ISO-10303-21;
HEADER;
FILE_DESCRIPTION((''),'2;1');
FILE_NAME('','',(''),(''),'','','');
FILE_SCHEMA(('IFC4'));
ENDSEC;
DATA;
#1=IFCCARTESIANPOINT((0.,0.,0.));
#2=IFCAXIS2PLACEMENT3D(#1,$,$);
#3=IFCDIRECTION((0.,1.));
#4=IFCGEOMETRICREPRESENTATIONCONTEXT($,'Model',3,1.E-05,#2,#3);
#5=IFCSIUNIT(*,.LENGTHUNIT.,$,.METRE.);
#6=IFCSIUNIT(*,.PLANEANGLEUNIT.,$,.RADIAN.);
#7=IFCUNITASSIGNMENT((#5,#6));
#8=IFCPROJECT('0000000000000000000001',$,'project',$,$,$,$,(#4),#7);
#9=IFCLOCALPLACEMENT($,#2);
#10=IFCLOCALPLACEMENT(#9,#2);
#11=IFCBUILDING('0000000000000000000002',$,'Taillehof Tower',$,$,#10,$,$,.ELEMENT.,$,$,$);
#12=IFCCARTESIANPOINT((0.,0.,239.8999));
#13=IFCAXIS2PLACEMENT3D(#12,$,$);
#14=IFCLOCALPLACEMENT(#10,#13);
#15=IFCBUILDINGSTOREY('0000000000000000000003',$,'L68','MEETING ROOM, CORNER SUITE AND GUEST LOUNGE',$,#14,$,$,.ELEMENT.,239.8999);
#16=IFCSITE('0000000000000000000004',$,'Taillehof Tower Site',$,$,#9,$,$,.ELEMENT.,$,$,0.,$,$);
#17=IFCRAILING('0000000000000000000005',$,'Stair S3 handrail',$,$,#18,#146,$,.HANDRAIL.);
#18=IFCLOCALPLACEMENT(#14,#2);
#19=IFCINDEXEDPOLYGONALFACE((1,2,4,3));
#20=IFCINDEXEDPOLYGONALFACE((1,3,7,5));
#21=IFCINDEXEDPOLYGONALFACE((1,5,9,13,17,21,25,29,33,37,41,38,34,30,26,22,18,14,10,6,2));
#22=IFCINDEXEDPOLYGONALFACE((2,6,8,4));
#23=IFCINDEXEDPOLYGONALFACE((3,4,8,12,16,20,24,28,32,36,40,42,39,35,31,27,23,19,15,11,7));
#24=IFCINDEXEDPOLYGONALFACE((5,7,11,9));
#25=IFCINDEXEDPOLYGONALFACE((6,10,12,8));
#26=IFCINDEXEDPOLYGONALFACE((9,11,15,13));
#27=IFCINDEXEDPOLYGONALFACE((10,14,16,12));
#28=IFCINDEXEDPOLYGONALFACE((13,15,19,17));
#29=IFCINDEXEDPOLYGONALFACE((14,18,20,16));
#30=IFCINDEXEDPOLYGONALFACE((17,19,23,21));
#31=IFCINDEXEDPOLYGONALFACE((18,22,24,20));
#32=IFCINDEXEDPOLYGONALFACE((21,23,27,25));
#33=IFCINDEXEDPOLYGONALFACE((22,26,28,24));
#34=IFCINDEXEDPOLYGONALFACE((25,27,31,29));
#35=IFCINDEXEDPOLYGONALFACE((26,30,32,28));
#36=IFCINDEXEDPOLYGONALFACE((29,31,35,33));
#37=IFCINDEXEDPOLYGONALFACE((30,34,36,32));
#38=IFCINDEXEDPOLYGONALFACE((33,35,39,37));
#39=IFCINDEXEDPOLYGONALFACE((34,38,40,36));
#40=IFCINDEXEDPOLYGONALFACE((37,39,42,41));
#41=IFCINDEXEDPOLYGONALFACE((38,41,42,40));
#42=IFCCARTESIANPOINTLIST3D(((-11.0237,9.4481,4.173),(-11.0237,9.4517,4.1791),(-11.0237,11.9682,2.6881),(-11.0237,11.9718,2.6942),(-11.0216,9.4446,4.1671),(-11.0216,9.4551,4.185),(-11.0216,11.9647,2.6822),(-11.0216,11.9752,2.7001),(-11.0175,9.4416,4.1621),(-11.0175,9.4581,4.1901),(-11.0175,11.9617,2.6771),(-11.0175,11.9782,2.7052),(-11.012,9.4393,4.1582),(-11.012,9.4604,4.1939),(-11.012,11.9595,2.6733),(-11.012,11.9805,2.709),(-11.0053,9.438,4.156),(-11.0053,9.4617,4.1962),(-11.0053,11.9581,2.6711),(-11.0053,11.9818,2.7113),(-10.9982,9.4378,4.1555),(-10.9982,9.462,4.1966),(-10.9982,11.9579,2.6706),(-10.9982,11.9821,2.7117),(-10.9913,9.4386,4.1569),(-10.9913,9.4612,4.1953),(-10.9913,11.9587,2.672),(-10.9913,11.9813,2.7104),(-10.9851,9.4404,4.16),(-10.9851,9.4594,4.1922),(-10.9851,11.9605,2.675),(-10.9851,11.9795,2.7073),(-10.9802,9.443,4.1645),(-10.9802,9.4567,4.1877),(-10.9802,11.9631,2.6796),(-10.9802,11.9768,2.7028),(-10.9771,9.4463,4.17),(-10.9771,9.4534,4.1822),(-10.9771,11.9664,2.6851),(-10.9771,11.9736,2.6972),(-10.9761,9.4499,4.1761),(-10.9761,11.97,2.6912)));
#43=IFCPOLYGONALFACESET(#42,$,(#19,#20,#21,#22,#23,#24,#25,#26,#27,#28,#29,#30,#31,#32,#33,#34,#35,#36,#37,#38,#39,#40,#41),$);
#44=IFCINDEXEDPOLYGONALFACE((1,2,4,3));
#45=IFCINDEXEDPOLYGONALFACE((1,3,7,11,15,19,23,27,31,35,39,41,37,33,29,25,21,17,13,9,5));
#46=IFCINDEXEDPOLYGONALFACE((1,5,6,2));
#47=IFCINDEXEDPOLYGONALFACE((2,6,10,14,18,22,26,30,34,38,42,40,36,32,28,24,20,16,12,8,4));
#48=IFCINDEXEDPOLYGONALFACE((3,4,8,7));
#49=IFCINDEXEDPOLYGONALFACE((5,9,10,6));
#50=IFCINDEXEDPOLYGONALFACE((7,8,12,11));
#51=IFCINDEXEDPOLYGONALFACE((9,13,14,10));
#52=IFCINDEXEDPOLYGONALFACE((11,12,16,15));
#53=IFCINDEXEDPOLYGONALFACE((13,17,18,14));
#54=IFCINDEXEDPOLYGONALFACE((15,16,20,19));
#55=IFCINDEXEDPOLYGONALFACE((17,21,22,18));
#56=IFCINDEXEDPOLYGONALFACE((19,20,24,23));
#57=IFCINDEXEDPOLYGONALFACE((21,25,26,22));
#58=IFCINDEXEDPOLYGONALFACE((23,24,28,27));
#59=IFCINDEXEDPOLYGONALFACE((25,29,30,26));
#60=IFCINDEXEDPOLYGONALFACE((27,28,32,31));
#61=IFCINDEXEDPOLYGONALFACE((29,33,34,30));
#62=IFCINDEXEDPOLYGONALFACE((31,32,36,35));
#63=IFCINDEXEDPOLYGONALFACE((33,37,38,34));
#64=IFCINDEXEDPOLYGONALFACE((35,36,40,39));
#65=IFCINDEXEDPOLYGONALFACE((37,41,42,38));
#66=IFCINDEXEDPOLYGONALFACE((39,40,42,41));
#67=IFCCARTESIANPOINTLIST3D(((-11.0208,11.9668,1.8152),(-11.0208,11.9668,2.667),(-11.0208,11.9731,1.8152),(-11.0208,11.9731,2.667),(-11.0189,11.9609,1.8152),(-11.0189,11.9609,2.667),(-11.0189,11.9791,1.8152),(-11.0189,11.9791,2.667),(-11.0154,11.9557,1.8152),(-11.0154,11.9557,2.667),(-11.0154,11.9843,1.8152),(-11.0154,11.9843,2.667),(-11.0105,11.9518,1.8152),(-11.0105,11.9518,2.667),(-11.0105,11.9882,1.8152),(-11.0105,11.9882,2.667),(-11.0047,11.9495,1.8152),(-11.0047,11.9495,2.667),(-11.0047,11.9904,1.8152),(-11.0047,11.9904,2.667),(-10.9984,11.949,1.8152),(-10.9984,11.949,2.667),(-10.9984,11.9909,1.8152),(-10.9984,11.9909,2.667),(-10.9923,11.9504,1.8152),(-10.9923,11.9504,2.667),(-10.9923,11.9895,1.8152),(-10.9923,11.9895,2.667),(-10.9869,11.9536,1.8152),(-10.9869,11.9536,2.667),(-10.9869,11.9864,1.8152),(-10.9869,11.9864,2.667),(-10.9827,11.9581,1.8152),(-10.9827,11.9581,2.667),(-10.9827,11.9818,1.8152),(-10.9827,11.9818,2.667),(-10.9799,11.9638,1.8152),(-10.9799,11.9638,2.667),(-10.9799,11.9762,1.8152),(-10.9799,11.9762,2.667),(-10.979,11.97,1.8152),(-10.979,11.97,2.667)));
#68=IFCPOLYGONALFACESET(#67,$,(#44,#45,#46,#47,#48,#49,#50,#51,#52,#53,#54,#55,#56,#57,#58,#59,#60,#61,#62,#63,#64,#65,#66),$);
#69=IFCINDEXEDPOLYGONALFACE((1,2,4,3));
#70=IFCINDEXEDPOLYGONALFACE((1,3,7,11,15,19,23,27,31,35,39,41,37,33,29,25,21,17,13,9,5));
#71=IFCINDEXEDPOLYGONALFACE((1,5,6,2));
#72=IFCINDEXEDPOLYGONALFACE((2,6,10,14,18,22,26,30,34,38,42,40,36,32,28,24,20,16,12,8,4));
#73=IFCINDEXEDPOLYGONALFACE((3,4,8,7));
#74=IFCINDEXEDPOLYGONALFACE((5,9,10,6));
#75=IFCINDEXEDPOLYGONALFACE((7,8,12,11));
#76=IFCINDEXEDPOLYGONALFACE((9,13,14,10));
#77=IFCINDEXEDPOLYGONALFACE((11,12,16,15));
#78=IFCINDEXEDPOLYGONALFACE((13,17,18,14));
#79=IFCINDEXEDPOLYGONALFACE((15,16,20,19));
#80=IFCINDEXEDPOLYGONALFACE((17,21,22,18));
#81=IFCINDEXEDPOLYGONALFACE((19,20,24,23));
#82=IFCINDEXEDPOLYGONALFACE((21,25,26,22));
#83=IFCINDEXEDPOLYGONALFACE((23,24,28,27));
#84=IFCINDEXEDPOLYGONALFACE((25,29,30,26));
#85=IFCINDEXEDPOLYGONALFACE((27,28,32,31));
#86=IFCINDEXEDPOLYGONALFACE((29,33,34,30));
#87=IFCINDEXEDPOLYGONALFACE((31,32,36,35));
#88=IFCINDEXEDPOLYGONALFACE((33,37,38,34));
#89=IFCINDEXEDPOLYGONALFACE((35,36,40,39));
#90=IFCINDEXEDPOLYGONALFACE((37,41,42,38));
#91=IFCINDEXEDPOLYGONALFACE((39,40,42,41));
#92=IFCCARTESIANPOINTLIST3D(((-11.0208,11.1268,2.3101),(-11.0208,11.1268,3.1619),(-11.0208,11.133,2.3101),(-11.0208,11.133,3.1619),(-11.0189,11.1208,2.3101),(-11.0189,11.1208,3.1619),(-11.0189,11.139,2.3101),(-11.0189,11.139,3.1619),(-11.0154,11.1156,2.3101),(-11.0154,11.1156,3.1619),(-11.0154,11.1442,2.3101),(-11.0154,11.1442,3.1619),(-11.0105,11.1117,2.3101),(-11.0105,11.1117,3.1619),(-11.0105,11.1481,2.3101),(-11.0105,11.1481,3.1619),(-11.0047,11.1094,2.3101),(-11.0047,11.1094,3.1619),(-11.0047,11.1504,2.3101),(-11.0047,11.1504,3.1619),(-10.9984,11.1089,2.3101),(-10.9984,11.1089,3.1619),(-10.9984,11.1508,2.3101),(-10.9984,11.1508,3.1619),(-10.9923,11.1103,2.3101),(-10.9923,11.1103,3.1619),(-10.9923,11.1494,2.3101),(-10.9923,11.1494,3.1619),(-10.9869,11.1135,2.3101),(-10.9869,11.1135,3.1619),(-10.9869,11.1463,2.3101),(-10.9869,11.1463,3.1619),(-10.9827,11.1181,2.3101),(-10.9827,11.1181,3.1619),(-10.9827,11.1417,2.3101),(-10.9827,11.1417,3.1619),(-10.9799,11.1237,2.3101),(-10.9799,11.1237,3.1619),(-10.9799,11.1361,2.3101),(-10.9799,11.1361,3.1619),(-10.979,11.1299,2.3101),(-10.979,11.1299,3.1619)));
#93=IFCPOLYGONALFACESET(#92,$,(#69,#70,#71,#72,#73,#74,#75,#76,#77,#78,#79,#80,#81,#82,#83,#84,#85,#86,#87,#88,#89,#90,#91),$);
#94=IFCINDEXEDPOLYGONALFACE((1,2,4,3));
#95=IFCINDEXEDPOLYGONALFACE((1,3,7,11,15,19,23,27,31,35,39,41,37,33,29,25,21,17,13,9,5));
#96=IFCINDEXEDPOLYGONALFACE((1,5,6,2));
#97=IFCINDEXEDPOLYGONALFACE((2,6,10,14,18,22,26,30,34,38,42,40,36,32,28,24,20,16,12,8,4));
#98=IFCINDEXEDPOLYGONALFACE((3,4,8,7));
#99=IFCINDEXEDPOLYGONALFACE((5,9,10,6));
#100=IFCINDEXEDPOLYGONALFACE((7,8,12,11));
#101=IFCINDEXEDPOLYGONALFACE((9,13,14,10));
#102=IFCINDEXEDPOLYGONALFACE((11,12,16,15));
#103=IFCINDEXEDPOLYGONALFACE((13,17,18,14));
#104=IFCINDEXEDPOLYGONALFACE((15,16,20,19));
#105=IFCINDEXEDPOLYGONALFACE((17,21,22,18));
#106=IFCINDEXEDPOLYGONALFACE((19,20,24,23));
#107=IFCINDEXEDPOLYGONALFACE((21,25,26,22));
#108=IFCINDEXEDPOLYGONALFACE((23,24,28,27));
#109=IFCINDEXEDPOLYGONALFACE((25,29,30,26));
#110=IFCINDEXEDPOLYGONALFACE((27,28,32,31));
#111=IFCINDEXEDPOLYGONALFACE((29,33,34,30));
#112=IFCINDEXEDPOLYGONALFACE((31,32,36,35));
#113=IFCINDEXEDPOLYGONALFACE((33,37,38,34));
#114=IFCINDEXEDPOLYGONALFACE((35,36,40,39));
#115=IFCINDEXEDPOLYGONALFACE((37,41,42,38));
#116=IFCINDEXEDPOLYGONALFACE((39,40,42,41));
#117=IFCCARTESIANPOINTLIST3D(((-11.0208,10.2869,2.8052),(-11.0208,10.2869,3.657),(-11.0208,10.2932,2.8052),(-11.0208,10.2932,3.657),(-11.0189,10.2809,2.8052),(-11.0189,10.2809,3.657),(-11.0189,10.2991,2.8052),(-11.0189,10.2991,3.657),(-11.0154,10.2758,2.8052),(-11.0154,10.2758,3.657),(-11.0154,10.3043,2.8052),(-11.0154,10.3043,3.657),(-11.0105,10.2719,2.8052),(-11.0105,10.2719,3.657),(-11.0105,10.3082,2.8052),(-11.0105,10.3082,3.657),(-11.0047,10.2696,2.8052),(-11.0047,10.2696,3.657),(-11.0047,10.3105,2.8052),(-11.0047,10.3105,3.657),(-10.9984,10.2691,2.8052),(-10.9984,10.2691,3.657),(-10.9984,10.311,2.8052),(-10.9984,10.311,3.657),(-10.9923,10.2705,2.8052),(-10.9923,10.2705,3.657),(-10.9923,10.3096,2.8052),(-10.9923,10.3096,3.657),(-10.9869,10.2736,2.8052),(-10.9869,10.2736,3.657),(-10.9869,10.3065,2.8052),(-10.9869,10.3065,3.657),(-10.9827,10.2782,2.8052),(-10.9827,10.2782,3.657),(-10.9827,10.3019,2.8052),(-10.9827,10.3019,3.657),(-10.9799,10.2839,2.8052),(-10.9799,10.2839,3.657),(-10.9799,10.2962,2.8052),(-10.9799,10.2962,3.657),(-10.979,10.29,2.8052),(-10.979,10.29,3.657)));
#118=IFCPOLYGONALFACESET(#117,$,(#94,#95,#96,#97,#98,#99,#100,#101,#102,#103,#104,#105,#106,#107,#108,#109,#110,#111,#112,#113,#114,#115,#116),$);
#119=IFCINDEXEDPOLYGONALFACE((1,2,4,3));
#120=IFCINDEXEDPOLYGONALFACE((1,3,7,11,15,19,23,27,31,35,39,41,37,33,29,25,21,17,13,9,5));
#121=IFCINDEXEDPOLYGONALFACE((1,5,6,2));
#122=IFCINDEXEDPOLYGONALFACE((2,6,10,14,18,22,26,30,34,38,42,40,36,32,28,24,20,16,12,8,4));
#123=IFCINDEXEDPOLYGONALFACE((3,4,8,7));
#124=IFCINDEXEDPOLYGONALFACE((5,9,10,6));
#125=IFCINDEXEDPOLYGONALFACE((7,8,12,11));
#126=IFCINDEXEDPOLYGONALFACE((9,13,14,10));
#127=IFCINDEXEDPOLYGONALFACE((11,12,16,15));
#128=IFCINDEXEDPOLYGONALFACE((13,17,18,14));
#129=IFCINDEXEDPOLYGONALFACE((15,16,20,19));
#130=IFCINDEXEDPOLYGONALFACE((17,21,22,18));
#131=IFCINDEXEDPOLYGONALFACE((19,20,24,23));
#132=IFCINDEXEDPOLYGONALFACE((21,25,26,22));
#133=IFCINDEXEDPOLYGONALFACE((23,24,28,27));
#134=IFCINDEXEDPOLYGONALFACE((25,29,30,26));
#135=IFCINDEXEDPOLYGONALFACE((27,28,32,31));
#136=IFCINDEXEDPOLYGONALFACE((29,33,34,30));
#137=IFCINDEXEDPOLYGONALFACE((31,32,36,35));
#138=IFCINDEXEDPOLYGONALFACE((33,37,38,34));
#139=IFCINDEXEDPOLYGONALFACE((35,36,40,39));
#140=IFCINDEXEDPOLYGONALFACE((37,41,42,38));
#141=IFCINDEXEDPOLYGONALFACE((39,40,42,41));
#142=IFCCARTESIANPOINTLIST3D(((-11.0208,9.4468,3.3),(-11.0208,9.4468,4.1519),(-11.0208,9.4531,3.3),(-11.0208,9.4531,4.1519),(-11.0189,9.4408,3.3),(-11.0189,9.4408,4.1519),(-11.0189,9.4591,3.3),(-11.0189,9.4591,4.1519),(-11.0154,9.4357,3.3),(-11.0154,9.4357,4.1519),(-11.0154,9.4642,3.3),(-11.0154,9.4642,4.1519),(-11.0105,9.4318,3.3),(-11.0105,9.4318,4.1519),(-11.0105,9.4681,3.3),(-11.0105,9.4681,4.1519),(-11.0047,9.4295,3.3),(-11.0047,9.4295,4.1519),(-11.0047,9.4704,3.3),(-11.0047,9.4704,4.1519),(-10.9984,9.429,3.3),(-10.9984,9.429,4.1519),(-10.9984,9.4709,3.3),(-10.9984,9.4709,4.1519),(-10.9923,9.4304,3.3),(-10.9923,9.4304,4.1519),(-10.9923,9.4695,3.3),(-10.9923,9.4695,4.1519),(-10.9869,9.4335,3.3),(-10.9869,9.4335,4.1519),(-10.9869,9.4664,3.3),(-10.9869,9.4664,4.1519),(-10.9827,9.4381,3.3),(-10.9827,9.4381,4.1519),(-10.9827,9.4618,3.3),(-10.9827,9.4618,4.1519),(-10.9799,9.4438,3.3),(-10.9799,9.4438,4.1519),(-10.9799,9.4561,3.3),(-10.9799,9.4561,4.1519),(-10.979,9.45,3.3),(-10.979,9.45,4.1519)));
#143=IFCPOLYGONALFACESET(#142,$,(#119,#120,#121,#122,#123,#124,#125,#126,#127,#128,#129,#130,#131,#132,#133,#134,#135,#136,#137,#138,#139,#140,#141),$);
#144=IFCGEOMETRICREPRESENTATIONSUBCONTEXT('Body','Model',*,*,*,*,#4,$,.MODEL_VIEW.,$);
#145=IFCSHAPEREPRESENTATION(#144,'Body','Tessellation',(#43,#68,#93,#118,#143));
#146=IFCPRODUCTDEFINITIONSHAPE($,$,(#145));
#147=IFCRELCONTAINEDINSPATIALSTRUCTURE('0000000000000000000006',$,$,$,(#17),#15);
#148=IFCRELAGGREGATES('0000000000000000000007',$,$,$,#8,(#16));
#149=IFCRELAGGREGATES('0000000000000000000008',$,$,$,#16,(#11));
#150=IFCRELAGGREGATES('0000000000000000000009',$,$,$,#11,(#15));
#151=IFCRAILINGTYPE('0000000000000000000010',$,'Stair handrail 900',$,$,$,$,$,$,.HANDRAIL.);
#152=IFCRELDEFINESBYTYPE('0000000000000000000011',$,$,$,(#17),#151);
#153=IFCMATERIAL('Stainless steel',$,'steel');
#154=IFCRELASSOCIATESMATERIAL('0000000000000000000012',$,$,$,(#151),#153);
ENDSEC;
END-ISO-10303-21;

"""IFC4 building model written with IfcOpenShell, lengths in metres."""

from ifc_helpers import new_model, si_unit, direction, frame, origin, origin_2d, place, context, subcontext, project, spatial, circle, extrude, material, type_object, element, save


model = new_model("IFC4")

# Units and contexts
model_context = context("Model", 3, precision=1e-05, world=origin(), true_north=direction((0.0, 1.0)))
body_context = subcontext(model_context, "Body", "Model", "MODEL_VIEW")
ifc_project = project(units=[si_unit("LENGTHUNIT", "METRE"), si_unit("PLANEANGLEUNIT", "RADIAN")], contexts=[model_context])

# Site, building, storey
site_placement = place(None, origin())
site = spatial("IfcSite", under=ifc_project, at=site_placement, Name="Taillehof Tower Site", CompositionType="ELEMENT", RefElevation=0.0)
building_placement = place(site_placement, origin())
building = spatial("IfcBuilding", under=site, at=building_placement, Name="Taillehof Tower", CompositionType="ELEMENT")
storey_placement = place(building_placement, frame((0.0, 0.0, 239.8999)))
storey = spatial("IfcBuildingStorey", under=building, at=storey_placement, Name="L68", Description="MEETING ROOM, CORNER SUITE AND GUEST LOUNGE", CompositionType="ELEMENT", Elevation=239.8999)

# Railing
ifc_material_1 = material(Name="Stainless steel", Category="steel")
railing_type = type_object("IfcRailingType", Name="Stair handrail 900", PredefinedType="HANDRAIL", material=ifc_material_1)
railing_placement = place(storey_placement, frame((-11.0, 11.97, 1.8152)))
element("IfcRailing", 1, at=railing_placement, inside=storey, type_object=railing_type, Name="Stair S3 handrail", PredefinedType="HANDRAIL", context=body_context, shape_type="SweptSolid", body=[
    extrude(circle(Radius=0.0239, at=origin_2d()), frame((0.0, 0.0, 0.876), z_axis=(0.0, -0.861561, 0.507655), x_axis=(1.0, 0.0, 0.0)), (0.0, 0.0, 1.0), 2.925),
    extrude(circle(Radius=0.021, at=origin_2d()), origin(), (0.0, 0.0, 1.0), 0.8518),
    extrude(circle(Radius=0.021, at=origin_2d()), frame((0.0, -0.8401, 0.4949)), (0.0, 0.0, 1.0), 0.8518),
    extrude(circle(Radius=0.021, at=origin_2d()), frame((0.0, -1.6799, 0.99)), (0.0, 0.0, 1.0), 0.8518),
    extrude(circle(Radius=0.021, at=origin_2d()), frame((0.0, -2.52, 1.4849)), (0.0, 0.0, 1.0), 0.8518),
])

save(model, "model.ifc")
